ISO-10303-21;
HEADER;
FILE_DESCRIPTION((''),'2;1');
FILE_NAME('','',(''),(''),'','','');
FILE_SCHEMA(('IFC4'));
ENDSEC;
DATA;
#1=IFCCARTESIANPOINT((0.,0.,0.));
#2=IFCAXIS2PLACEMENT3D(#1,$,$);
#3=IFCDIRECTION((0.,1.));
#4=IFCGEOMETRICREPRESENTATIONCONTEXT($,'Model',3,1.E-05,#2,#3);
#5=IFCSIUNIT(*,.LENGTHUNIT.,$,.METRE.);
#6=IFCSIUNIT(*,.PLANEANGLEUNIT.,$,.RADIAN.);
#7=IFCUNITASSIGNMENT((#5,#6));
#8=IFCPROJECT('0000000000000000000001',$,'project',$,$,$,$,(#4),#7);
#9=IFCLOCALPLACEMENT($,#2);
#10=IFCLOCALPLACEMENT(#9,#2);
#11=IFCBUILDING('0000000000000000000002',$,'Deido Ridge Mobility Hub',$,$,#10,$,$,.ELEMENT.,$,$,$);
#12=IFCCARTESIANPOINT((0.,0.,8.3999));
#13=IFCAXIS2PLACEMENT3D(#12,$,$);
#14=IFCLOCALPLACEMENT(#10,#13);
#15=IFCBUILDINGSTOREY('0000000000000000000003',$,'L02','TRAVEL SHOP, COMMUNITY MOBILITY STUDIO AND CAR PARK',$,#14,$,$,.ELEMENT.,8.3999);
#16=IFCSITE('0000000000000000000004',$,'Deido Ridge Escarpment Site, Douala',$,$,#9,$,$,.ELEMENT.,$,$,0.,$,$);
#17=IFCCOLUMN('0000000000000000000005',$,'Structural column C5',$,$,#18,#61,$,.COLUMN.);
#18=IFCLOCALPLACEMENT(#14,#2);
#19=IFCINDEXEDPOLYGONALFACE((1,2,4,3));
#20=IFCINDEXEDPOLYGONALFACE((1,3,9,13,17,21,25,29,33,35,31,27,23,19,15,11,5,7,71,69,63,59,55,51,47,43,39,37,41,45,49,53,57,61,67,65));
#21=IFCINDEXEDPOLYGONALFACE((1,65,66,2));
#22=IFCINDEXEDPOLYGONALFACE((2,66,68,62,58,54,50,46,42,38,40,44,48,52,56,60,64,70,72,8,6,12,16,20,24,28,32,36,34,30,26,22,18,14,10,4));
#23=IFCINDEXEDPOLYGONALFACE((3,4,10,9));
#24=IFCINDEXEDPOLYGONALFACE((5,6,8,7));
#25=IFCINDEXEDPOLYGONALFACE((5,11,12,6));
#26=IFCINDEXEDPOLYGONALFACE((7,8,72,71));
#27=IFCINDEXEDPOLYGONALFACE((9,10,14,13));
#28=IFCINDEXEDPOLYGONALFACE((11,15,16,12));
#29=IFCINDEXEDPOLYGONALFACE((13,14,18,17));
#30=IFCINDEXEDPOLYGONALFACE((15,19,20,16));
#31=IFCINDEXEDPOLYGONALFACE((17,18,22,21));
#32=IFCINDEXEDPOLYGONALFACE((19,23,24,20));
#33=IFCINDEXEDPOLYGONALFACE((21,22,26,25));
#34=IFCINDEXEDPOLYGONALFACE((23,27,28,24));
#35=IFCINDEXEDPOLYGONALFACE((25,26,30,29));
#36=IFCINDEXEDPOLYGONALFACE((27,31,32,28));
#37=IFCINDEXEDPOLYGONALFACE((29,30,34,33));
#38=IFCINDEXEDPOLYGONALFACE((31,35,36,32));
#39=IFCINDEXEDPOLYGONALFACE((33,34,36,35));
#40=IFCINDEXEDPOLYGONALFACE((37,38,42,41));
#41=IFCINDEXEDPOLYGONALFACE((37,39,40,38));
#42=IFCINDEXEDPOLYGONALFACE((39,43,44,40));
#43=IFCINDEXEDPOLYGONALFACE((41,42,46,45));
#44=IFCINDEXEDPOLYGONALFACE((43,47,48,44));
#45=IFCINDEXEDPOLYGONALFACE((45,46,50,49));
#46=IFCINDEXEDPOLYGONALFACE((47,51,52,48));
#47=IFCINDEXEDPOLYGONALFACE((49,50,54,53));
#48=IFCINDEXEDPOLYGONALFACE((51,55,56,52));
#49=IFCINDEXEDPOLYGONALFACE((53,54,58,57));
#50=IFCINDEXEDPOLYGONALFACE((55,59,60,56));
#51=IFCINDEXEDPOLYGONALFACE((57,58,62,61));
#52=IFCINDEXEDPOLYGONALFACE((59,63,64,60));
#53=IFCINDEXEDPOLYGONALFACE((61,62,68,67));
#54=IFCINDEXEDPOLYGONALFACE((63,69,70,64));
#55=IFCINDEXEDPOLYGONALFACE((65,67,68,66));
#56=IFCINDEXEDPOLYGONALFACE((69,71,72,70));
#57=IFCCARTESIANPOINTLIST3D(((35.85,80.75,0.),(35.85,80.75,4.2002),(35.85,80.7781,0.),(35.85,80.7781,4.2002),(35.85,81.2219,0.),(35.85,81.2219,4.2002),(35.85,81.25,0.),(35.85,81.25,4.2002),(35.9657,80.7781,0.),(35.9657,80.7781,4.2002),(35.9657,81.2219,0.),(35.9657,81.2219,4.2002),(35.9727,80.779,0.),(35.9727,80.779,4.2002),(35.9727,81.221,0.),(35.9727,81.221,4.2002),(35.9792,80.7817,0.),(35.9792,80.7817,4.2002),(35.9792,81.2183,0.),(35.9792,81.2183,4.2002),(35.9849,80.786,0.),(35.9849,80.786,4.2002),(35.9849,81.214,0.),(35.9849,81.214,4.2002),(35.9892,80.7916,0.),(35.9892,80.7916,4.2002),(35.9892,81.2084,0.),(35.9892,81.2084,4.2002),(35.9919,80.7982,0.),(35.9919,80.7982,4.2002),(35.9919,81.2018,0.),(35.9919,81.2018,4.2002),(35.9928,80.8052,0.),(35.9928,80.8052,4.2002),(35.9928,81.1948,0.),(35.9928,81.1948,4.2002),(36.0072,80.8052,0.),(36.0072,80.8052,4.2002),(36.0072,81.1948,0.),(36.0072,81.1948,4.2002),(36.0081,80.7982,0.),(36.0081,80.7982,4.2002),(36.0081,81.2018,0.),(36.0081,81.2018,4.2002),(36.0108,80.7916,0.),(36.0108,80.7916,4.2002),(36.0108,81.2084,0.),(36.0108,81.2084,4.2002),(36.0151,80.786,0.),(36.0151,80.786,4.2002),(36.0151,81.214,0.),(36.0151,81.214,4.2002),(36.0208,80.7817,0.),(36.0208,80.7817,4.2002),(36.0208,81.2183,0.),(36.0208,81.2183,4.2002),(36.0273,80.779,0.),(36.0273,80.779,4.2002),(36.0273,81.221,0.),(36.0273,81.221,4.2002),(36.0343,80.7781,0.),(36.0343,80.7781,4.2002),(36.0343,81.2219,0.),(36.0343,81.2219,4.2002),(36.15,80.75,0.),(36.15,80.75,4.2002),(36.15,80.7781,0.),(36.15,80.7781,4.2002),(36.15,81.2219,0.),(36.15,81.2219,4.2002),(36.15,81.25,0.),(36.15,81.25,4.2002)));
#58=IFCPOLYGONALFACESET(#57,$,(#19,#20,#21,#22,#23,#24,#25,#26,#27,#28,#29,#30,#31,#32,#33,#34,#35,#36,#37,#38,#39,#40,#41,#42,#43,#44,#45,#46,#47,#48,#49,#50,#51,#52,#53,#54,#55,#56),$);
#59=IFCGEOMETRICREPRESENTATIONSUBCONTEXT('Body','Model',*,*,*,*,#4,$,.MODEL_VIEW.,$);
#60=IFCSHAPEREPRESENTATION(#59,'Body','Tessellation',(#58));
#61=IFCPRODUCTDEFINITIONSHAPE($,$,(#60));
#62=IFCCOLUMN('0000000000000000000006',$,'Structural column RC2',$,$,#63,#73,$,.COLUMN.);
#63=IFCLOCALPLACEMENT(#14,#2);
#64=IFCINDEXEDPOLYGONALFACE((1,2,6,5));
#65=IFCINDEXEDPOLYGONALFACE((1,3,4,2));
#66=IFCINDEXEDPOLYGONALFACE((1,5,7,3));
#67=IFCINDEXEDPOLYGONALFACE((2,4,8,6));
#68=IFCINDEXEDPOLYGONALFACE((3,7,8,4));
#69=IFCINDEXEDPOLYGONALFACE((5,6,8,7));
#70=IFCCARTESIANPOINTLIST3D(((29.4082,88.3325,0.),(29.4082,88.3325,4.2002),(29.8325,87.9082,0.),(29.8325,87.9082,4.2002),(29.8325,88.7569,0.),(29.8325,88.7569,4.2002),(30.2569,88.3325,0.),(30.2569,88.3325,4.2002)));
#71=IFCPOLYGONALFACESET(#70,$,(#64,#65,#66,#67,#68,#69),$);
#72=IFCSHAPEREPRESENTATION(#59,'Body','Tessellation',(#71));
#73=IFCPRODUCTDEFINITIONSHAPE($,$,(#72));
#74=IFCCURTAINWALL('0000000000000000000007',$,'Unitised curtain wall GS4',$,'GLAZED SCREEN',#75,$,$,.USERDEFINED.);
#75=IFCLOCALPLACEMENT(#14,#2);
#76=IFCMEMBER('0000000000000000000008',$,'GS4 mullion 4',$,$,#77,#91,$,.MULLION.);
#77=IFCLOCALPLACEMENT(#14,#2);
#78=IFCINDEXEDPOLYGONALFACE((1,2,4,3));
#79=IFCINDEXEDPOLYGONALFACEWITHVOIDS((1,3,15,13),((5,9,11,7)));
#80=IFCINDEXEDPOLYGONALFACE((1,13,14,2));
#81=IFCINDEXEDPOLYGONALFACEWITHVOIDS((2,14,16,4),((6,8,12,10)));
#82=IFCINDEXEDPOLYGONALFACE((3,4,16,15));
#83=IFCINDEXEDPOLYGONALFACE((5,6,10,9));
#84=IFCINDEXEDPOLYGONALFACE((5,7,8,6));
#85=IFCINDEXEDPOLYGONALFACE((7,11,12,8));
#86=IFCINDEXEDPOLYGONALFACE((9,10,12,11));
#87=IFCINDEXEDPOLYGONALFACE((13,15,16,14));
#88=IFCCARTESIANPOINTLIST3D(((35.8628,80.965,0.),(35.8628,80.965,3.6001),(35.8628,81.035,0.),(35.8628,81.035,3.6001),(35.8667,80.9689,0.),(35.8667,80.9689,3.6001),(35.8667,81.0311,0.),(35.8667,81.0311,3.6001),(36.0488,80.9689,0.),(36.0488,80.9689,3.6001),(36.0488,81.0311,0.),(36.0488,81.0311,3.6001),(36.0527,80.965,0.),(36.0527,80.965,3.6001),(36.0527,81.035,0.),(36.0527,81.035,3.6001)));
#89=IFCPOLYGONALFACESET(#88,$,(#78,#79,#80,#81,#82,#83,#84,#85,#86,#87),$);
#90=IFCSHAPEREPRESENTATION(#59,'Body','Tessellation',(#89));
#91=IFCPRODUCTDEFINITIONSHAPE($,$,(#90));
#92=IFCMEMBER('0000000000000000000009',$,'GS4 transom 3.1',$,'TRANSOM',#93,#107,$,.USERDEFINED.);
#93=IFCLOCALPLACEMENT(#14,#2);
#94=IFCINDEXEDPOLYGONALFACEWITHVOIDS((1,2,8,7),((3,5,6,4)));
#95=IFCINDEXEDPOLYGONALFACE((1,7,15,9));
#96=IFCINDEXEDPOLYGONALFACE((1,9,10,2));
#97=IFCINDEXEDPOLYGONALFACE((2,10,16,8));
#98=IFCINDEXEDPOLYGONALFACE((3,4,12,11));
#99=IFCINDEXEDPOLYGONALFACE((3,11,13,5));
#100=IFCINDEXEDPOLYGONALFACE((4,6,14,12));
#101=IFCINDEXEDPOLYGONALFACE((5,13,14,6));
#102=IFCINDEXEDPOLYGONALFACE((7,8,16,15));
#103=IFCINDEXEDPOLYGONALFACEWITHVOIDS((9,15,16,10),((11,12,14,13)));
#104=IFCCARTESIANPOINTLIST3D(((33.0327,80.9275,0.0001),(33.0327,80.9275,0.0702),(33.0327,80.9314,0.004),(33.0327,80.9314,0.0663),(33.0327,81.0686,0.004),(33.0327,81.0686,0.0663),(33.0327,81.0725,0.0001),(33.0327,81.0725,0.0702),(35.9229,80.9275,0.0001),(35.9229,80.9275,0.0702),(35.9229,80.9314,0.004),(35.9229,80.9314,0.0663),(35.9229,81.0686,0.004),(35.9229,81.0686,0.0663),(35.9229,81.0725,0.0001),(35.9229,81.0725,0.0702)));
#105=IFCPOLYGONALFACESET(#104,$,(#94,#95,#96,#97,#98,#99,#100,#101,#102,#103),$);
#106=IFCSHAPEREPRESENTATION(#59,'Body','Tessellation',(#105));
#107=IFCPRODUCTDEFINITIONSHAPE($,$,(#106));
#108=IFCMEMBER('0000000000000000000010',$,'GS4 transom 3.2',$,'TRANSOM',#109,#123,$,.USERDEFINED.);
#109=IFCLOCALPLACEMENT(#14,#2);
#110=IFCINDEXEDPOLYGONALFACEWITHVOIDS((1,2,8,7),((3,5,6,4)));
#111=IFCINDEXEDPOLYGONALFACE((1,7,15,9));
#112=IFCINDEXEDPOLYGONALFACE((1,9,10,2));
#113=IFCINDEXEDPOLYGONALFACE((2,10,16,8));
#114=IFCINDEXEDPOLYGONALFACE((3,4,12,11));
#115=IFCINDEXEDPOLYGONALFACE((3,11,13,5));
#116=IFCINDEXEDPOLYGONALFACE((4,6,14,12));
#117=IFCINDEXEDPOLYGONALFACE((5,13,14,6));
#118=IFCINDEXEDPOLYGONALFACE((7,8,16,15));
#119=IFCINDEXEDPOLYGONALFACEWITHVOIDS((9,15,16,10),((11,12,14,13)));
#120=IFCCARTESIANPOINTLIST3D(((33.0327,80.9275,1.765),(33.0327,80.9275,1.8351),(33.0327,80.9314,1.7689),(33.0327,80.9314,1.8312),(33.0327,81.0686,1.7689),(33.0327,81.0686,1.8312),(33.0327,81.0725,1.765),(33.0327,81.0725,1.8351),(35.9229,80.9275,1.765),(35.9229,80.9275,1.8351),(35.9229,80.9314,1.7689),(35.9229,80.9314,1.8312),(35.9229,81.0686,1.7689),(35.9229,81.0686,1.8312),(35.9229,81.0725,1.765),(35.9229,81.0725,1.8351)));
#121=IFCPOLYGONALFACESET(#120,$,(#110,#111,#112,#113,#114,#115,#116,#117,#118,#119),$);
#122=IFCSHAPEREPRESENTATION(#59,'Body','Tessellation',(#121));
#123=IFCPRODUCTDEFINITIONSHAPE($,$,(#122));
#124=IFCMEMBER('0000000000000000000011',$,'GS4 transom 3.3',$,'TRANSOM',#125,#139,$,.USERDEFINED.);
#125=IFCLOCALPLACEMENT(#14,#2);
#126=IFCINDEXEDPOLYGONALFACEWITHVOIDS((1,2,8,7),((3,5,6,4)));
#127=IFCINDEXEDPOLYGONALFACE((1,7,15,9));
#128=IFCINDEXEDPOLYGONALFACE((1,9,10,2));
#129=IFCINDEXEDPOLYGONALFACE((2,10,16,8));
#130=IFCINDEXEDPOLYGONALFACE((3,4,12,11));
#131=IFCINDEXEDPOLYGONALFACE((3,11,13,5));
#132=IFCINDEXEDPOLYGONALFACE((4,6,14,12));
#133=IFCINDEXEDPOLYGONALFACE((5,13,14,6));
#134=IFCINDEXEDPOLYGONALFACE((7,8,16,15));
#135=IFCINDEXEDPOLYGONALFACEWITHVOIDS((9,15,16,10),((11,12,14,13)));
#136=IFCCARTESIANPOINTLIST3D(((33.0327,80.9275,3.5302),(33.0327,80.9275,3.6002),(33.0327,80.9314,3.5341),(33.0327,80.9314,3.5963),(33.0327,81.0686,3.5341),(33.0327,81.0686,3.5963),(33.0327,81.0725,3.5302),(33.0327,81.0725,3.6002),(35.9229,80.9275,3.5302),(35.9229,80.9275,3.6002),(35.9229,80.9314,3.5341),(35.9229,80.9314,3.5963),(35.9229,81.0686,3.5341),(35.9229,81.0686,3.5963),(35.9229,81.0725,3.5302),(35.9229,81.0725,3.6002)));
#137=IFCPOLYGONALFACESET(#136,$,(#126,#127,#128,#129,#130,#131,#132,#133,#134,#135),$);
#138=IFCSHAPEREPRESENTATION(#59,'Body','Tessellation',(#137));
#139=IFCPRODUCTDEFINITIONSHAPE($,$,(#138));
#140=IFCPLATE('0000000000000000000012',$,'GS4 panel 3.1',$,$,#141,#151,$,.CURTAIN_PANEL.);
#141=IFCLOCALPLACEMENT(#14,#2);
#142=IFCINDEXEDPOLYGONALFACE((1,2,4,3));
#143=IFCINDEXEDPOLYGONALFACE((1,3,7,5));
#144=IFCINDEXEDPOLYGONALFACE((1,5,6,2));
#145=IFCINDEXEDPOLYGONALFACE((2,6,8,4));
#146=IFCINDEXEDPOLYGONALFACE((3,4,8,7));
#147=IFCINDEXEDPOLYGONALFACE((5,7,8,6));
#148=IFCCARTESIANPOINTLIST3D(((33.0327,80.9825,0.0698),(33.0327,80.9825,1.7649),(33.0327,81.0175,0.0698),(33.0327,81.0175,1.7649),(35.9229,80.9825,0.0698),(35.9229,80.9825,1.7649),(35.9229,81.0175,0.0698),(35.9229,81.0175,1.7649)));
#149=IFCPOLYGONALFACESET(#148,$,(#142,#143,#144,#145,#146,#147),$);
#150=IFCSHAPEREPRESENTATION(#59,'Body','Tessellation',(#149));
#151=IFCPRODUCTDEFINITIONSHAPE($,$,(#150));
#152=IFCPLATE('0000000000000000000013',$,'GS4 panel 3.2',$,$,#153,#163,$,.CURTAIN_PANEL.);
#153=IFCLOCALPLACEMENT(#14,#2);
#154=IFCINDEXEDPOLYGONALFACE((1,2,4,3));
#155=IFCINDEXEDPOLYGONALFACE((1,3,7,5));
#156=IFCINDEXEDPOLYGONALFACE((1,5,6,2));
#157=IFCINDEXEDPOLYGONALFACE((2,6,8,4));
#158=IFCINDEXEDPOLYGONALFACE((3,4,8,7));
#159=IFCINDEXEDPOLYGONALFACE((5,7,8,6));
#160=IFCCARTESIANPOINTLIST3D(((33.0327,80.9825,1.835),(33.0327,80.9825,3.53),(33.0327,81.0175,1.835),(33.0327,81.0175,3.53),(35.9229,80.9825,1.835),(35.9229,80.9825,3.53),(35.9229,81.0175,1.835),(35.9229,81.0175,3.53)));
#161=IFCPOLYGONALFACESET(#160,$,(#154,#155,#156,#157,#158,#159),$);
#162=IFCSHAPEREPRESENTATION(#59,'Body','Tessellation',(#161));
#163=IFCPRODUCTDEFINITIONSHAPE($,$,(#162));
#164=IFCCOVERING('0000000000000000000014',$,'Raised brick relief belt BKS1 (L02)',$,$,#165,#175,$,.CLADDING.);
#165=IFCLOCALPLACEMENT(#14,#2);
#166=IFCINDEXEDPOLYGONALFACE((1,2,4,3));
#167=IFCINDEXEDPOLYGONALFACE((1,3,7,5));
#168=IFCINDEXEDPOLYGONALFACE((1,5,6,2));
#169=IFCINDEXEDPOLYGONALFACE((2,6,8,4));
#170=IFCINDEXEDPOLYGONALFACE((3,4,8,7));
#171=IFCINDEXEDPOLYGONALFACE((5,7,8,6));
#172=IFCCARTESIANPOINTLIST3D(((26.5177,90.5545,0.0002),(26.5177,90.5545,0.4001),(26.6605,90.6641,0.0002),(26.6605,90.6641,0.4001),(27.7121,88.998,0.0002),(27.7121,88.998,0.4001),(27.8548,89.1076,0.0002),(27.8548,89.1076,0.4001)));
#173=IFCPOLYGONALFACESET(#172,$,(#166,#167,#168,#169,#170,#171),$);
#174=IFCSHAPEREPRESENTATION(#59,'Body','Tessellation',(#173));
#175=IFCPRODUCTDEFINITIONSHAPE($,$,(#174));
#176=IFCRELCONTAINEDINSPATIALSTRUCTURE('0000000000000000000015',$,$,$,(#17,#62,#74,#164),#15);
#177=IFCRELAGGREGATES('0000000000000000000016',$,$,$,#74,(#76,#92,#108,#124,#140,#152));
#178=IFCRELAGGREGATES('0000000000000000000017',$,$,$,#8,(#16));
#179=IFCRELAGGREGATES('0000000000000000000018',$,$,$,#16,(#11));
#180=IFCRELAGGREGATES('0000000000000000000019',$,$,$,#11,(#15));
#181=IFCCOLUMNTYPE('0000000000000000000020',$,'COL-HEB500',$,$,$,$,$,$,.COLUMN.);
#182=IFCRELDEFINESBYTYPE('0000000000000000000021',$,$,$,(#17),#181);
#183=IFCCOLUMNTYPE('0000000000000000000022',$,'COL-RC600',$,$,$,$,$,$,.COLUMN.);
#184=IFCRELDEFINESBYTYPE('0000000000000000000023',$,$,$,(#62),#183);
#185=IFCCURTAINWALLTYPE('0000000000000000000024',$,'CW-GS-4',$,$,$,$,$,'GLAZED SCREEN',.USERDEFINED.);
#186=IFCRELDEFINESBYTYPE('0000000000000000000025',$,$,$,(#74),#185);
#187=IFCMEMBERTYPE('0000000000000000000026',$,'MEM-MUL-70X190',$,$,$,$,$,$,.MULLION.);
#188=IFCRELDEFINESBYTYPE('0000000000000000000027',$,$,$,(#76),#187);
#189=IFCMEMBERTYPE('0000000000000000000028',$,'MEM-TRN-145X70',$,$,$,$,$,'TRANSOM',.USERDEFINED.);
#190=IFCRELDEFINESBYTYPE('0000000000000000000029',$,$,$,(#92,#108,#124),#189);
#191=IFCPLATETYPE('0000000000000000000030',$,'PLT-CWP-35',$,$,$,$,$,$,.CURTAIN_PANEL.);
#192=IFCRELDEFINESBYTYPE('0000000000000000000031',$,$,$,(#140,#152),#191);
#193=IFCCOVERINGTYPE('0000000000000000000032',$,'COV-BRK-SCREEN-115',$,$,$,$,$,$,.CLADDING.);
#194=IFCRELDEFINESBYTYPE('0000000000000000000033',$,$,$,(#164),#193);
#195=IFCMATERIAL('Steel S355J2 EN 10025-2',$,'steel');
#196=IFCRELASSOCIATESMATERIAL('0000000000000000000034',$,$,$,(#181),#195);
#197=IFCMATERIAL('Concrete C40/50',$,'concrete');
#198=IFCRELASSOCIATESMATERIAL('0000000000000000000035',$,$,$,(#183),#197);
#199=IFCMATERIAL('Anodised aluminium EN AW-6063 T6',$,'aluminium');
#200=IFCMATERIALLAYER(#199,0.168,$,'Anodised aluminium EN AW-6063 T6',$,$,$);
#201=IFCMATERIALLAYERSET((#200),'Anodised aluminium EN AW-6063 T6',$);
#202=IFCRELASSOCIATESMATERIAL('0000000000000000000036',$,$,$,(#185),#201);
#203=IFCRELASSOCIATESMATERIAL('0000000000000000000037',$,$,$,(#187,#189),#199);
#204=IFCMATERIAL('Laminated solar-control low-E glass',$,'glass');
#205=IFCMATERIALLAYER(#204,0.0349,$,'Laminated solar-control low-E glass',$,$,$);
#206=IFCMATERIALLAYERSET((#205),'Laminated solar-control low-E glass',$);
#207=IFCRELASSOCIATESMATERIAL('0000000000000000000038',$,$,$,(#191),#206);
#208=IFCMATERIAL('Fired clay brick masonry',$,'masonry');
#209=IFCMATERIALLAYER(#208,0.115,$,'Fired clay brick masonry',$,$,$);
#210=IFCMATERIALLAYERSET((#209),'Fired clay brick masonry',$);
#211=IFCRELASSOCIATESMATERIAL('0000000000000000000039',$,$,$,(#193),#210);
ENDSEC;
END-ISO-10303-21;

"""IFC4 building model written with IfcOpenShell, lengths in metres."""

from ifc_helpers import new_model, si_unit, direction, frame, origin, origin_2d, place, context, subcontext, project, spatial, rectangle, hollow_rectangle, i_section, extrude, material, layer, layer_set, material_profile, profile_set, type_object, element, aggregate, save


model = new_model("IFC4")

# Units and contexts
model_context = context("Model", 3, precision=1e-05, world=origin(), true_north=direction((0.0, 1.0)))
body_context = subcontext(model_context, "Body", "Model", "MODEL_VIEW")
ifc_project = project(units=[si_unit("LENGTHUNIT", "METRE"), si_unit("PLANEANGLEUNIT", "RADIAN")], contexts=[model_context])

# Site, building, storey
site_placement = place(None, origin())
site = spatial("IfcSite", under=ifc_project, at=site_placement, Name="Deido Ridge Escarpment Site, Douala", CompositionType="ELEMENT", RefElevation=0.0)
building_placement = place(site_placement, origin())
building = spatial("IfcBuilding", under=site, at=building_placement, Name="Deido Ridge Mobility Hub", CompositionType="ELEMENT")
storey_placement = place(building_placement, frame((0.0, 0.0, 8.3999)))
storey = spatial("IfcBuildingStorey", under=building, at=storey_placement, Name="L02", Description="TRAVEL SHOP, COMMUNITY MOBILITY STUDIO AND CAR PARK", CompositionType="ELEMENT", Elevation=8.3999)

# Columns
ifc_material_1 = material(Name="Steel S355J2 EN 10025-2", Category="steel")
ifc_material_profile_1 = material_profile(ifc_material_1, i_section(OverallWidth=0.3, OverallDepth=0.5, WebThickness=0.0144, FlangeThickness=0.0281, FilletRadius=0.0271, at=origin_2d()), Name="HEB 500")
ifc_profile_set_1 = profile_set([ifc_material_profile_1], Name="Steel S355J2 EN 10025-2")
column_type_1 = type_object("IfcColumnType", Name="COL-HEB500", PredefinedType="COLUMN", material=ifc_profile_set_1)
column_1_placement = place(storey_placement, frame((36.0, 81.0, 0.0), z_axis=(0.0, 0.0, 1.0), x_axis=(1.0, 0.0, 0.0)))
element("IfcColumn", 1, at=column_1_placement, inside=storey, type_object=column_type_1, Name="Structural column C5", PredefinedType="COLUMN", context=body_context, shape_type="SweptSolid", body=[
    extrude(i_section(OverallWidth=0.3, OverallDepth=0.5, WebThickness=0.0144, FlangeThickness=0.0281, FilletRadius=0.0271, at=origin_2d()), origin(), (0.0, 0.0, 1.0), 4.2002),
])
ifc_material_2 = material(Name="Concrete C40/50", Category="concrete")
ifc_material_profile_2 = material_profile(ifc_material_2, rectangle(XDim=0.6001, YDim=0.6001, at=origin_2d()), Name="RC COL 600x600")
ifc_profile_set_2 = profile_set([ifc_material_profile_2], Name="Concrete C40/50")
column_type_2 = type_object("IfcColumnType", Name="COL-RC600", PredefinedType="COLUMN", material=ifc_profile_set_2)
column_2_placement = place(storey_placement, frame((29.8325, 88.3325, 0.0), z_axis=(0.0, 0.0, 1.0), x_axis=(-0.707107, -0.707107, 0.0)))
element("IfcColumn", 2, at=column_2_placement, inside=storey, type_object=column_type_2, Name="Structural column RC2", PredefinedType="COLUMN", context=body_context, shape_type="SweptSolid", body=[
    extrude(rectangle(XDim=0.6001, YDim=0.6001, at=origin_2d()), origin(), (0.0, 0.0, 1.0), 4.2002),
])

# Curtain wall, members, plates
ifc_material_3 = material(Name="Anodised aluminium EN AW-6063 T6", Category="aluminium")
ifc_layer_1 = layer(ifc_material_3, 0.168, Name="Anodised aluminium EN AW-6063 T6")
ifc_layer_set_1 = layer_set([ifc_layer_1], Name="Anodised aluminium EN AW-6063 T6")
curtain_wall_type = type_object("IfcCurtainWallType", Name="CW-GS-4", ElementType="GLAZED SCREEN", PredefinedType="USERDEFINED", material=ifc_layer_set_1)
curtain_wall_placement = place(storey_placement, origin())
curtain_wall = element("IfcCurtainWall", 3, at=curtain_wall_placement, inside=storey, type_object=curtain_wall_type, Name="Unitised curtain wall GS4", ObjectType="GLAZED SCREEN", PredefinedType="USERDEFINED")
ifc_material_profile_3 = material_profile(ifc_material_3, hollow_rectangle(XDim=0.0701, YDim=0.1899, WallThickness=0.0039, at=origin_2d()), Name="RHS 70x190x4")
ifc_profile_set_3 = profile_set([ifc_material_profile_3], Name="Anodised aluminium EN AW-6063 T6")
member_type_1 = type_object("IfcMemberType", Name="MEM-MUL-70X190", PredefinedType="MULLION", material=ifc_profile_set_3)
member_1_placement = place(storey_placement, frame((35.9578, 81.0, 0.0), z_axis=(0.0, 0.0, 1.0), x_axis=(0.0, 1.0, 0.0)))
member_1 = element("IfcMember", 4, at=member_1_placement, type_object=member_type_1, Name="GS4 mullion 4", PredefinedType="MULLION", context=body_context, shape_type="SweptSolid", body=[
    extrude(hollow_rectangle(XDim=0.0701, YDim=0.1899, WallThickness=0.0039, at=origin_2d()), origin(), (0.0, 0.0, 1.0), 3.6001),
])
ifc_material_profile_4 = material_profile(ifc_material_3, hollow_rectangle(XDim=0.145, YDim=0.0701, WallThickness=0.0039, at=origin_2d()), Name="RHS 145x70x4")
ifc_profile_set_4 = profile_set([ifc_material_profile_4], Name="Anodised aluminium EN AW-6063 T6")
member_type_2 = type_object("IfcMemberType", Name="MEM-TRN-145X70", ElementType="TRANSOM", PredefinedType="USERDEFINED", material=ifc_profile_set_4)
member_2_placement = place(storey_placement, frame((33.0327, 81.0, 0.0352), z_axis=(1.0, 0.0, 0.0), x_axis=(0.0, 1.0, 0.0)))
member_2 = element("IfcMember", 5, at=member_2_placement, type_object=member_type_2, Name="GS4 transom 3.1", ObjectType="TRANSOM", PredefinedType="USERDEFINED", context=body_context, shape_type="SweptSolid", body=[
    extrude(hollow_rectangle(XDim=0.145, YDim=0.0701, WallThickness=0.0039, at=origin_2d()), origin(), (0.0, 0.0, 1.0), 2.8901),
])
member_3_placement = place(storey_placement, frame((33.0327, 81.0, 1.8), z_axis=(1.0, 0.0, 0.0), x_axis=(0.0, 1.0, 0.0)))
member_3 = element("IfcMember", 6, at=member_3_placement, type_object=member_type_2, Name="GS4 transom 3.2", ObjectType="TRANSOM", PredefinedType="USERDEFINED", context=body_context, shape_type="SweptSolid", body=[
    extrude(hollow_rectangle(XDim=0.145, YDim=0.0701, WallThickness=0.0039, at=origin_2d()), origin(), (0.0, 0.0, 1.0), 2.8901),
])
member_4_placement = place(storey_placement, frame((33.0327, 81.0, 3.5652), z_axis=(1.0, 0.0, 0.0), x_axis=(0.0, 1.0, 0.0)))
member_4 = element("IfcMember", 7, at=member_4_placement, type_object=member_type_2, Name="GS4 transom 3.3", ObjectType="TRANSOM", PredefinedType="USERDEFINED", context=body_context, shape_type="SweptSolid", body=[
    extrude(hollow_rectangle(XDim=0.145, YDim=0.0701, WallThickness=0.0039, at=origin_2d()), origin(), (0.0, 0.0, 1.0), 2.8901),
])
ifc_material_4 = material(Name="Laminated solar-control low-E glass", Category="glass")
ifc_layer_2 = layer(ifc_material_4, 0.0349, Name="Laminated solar-control low-E glass")
ifc_layer_set_2 = layer_set([ifc_layer_2], Name="Laminated solar-control low-E glass")
plate_type = type_object("IfcPlateType", Name="PLT-CWP-35", PredefinedType="CURTAIN_PANEL", material=ifc_layer_set_2)
plate_1_placement = place(storey_placement, frame((34.4778, 81.0, 0.0698), z_axis=(0.0, 0.0, 1.0), x_axis=(1.0, 0.0, 0.0)))
plate_1 = element("IfcPlate", 8, at=plate_1_placement, type_object=plate_type, Name="GS4 panel 3.1", PredefinedType="CURTAIN_PANEL", context=body_context, shape_type="SweptSolid", body=[
    extrude(rectangle(XDim=2.8901, YDim=0.0349, at=origin_2d()), origin(), (0.0, 0.0, 1.0), 1.6951),
])
plate_2_placement = place(storey_placement, frame((34.4778, 81.0, 1.835), z_axis=(0.0, 0.0, 1.0), x_axis=(1.0, 0.0, 0.0)))
plate_2 = element("IfcPlate", 9, at=plate_2_placement, type_object=plate_type, Name="GS4 panel 3.2", PredefinedType="CURTAIN_PANEL", context=body_context, shape_type="SweptSolid", body=[
    extrude(rectangle(XDim=2.8901, YDim=0.0349, at=origin_2d()), origin(), (0.0, 0.0, 1.0), 1.6951),
])
aggregate(curtain_wall, [member_1, member_2, member_3, member_4, plate_1, plate_2])

# Covering
ifc_material_5 = material(Name="Fired clay brick masonry", Category="masonry")
ifc_layer_3 = layer(ifc_material_5, 0.115, Name="Fired clay brick masonry")
ifc_layer_set_3 = layer_set([ifc_layer_3], Name="Fired clay brick masonry")
covering_type = type_object("IfcCoveringType", Name="COV-BRK-SCREEN-115", PredefinedType="CLADDING", material=ifc_layer_set_3)
covering_1_placement = place(storey_placement, frame((27.1863, 89.8311, 0.0002), z_axis=(0.0, 0.0, 1.0), x_axis=(0.608761, -0.793353, 0.0)))
element("IfcCovering", 10, at=covering_1_placement, inside=storey, type_object=covering_type, Name="Raised brick relief belt BKS1 (L02)", PredefinedType="CLADDING", context=body_context, shape_type="SweptSolid", body=[
    extrude(rectangle(XDim=1.9619, YDim=0.1799, at=origin_2d()), origin(), (0.0, 0.0, 1.0), 0.3999),
])

save(model, "model.ifc")
